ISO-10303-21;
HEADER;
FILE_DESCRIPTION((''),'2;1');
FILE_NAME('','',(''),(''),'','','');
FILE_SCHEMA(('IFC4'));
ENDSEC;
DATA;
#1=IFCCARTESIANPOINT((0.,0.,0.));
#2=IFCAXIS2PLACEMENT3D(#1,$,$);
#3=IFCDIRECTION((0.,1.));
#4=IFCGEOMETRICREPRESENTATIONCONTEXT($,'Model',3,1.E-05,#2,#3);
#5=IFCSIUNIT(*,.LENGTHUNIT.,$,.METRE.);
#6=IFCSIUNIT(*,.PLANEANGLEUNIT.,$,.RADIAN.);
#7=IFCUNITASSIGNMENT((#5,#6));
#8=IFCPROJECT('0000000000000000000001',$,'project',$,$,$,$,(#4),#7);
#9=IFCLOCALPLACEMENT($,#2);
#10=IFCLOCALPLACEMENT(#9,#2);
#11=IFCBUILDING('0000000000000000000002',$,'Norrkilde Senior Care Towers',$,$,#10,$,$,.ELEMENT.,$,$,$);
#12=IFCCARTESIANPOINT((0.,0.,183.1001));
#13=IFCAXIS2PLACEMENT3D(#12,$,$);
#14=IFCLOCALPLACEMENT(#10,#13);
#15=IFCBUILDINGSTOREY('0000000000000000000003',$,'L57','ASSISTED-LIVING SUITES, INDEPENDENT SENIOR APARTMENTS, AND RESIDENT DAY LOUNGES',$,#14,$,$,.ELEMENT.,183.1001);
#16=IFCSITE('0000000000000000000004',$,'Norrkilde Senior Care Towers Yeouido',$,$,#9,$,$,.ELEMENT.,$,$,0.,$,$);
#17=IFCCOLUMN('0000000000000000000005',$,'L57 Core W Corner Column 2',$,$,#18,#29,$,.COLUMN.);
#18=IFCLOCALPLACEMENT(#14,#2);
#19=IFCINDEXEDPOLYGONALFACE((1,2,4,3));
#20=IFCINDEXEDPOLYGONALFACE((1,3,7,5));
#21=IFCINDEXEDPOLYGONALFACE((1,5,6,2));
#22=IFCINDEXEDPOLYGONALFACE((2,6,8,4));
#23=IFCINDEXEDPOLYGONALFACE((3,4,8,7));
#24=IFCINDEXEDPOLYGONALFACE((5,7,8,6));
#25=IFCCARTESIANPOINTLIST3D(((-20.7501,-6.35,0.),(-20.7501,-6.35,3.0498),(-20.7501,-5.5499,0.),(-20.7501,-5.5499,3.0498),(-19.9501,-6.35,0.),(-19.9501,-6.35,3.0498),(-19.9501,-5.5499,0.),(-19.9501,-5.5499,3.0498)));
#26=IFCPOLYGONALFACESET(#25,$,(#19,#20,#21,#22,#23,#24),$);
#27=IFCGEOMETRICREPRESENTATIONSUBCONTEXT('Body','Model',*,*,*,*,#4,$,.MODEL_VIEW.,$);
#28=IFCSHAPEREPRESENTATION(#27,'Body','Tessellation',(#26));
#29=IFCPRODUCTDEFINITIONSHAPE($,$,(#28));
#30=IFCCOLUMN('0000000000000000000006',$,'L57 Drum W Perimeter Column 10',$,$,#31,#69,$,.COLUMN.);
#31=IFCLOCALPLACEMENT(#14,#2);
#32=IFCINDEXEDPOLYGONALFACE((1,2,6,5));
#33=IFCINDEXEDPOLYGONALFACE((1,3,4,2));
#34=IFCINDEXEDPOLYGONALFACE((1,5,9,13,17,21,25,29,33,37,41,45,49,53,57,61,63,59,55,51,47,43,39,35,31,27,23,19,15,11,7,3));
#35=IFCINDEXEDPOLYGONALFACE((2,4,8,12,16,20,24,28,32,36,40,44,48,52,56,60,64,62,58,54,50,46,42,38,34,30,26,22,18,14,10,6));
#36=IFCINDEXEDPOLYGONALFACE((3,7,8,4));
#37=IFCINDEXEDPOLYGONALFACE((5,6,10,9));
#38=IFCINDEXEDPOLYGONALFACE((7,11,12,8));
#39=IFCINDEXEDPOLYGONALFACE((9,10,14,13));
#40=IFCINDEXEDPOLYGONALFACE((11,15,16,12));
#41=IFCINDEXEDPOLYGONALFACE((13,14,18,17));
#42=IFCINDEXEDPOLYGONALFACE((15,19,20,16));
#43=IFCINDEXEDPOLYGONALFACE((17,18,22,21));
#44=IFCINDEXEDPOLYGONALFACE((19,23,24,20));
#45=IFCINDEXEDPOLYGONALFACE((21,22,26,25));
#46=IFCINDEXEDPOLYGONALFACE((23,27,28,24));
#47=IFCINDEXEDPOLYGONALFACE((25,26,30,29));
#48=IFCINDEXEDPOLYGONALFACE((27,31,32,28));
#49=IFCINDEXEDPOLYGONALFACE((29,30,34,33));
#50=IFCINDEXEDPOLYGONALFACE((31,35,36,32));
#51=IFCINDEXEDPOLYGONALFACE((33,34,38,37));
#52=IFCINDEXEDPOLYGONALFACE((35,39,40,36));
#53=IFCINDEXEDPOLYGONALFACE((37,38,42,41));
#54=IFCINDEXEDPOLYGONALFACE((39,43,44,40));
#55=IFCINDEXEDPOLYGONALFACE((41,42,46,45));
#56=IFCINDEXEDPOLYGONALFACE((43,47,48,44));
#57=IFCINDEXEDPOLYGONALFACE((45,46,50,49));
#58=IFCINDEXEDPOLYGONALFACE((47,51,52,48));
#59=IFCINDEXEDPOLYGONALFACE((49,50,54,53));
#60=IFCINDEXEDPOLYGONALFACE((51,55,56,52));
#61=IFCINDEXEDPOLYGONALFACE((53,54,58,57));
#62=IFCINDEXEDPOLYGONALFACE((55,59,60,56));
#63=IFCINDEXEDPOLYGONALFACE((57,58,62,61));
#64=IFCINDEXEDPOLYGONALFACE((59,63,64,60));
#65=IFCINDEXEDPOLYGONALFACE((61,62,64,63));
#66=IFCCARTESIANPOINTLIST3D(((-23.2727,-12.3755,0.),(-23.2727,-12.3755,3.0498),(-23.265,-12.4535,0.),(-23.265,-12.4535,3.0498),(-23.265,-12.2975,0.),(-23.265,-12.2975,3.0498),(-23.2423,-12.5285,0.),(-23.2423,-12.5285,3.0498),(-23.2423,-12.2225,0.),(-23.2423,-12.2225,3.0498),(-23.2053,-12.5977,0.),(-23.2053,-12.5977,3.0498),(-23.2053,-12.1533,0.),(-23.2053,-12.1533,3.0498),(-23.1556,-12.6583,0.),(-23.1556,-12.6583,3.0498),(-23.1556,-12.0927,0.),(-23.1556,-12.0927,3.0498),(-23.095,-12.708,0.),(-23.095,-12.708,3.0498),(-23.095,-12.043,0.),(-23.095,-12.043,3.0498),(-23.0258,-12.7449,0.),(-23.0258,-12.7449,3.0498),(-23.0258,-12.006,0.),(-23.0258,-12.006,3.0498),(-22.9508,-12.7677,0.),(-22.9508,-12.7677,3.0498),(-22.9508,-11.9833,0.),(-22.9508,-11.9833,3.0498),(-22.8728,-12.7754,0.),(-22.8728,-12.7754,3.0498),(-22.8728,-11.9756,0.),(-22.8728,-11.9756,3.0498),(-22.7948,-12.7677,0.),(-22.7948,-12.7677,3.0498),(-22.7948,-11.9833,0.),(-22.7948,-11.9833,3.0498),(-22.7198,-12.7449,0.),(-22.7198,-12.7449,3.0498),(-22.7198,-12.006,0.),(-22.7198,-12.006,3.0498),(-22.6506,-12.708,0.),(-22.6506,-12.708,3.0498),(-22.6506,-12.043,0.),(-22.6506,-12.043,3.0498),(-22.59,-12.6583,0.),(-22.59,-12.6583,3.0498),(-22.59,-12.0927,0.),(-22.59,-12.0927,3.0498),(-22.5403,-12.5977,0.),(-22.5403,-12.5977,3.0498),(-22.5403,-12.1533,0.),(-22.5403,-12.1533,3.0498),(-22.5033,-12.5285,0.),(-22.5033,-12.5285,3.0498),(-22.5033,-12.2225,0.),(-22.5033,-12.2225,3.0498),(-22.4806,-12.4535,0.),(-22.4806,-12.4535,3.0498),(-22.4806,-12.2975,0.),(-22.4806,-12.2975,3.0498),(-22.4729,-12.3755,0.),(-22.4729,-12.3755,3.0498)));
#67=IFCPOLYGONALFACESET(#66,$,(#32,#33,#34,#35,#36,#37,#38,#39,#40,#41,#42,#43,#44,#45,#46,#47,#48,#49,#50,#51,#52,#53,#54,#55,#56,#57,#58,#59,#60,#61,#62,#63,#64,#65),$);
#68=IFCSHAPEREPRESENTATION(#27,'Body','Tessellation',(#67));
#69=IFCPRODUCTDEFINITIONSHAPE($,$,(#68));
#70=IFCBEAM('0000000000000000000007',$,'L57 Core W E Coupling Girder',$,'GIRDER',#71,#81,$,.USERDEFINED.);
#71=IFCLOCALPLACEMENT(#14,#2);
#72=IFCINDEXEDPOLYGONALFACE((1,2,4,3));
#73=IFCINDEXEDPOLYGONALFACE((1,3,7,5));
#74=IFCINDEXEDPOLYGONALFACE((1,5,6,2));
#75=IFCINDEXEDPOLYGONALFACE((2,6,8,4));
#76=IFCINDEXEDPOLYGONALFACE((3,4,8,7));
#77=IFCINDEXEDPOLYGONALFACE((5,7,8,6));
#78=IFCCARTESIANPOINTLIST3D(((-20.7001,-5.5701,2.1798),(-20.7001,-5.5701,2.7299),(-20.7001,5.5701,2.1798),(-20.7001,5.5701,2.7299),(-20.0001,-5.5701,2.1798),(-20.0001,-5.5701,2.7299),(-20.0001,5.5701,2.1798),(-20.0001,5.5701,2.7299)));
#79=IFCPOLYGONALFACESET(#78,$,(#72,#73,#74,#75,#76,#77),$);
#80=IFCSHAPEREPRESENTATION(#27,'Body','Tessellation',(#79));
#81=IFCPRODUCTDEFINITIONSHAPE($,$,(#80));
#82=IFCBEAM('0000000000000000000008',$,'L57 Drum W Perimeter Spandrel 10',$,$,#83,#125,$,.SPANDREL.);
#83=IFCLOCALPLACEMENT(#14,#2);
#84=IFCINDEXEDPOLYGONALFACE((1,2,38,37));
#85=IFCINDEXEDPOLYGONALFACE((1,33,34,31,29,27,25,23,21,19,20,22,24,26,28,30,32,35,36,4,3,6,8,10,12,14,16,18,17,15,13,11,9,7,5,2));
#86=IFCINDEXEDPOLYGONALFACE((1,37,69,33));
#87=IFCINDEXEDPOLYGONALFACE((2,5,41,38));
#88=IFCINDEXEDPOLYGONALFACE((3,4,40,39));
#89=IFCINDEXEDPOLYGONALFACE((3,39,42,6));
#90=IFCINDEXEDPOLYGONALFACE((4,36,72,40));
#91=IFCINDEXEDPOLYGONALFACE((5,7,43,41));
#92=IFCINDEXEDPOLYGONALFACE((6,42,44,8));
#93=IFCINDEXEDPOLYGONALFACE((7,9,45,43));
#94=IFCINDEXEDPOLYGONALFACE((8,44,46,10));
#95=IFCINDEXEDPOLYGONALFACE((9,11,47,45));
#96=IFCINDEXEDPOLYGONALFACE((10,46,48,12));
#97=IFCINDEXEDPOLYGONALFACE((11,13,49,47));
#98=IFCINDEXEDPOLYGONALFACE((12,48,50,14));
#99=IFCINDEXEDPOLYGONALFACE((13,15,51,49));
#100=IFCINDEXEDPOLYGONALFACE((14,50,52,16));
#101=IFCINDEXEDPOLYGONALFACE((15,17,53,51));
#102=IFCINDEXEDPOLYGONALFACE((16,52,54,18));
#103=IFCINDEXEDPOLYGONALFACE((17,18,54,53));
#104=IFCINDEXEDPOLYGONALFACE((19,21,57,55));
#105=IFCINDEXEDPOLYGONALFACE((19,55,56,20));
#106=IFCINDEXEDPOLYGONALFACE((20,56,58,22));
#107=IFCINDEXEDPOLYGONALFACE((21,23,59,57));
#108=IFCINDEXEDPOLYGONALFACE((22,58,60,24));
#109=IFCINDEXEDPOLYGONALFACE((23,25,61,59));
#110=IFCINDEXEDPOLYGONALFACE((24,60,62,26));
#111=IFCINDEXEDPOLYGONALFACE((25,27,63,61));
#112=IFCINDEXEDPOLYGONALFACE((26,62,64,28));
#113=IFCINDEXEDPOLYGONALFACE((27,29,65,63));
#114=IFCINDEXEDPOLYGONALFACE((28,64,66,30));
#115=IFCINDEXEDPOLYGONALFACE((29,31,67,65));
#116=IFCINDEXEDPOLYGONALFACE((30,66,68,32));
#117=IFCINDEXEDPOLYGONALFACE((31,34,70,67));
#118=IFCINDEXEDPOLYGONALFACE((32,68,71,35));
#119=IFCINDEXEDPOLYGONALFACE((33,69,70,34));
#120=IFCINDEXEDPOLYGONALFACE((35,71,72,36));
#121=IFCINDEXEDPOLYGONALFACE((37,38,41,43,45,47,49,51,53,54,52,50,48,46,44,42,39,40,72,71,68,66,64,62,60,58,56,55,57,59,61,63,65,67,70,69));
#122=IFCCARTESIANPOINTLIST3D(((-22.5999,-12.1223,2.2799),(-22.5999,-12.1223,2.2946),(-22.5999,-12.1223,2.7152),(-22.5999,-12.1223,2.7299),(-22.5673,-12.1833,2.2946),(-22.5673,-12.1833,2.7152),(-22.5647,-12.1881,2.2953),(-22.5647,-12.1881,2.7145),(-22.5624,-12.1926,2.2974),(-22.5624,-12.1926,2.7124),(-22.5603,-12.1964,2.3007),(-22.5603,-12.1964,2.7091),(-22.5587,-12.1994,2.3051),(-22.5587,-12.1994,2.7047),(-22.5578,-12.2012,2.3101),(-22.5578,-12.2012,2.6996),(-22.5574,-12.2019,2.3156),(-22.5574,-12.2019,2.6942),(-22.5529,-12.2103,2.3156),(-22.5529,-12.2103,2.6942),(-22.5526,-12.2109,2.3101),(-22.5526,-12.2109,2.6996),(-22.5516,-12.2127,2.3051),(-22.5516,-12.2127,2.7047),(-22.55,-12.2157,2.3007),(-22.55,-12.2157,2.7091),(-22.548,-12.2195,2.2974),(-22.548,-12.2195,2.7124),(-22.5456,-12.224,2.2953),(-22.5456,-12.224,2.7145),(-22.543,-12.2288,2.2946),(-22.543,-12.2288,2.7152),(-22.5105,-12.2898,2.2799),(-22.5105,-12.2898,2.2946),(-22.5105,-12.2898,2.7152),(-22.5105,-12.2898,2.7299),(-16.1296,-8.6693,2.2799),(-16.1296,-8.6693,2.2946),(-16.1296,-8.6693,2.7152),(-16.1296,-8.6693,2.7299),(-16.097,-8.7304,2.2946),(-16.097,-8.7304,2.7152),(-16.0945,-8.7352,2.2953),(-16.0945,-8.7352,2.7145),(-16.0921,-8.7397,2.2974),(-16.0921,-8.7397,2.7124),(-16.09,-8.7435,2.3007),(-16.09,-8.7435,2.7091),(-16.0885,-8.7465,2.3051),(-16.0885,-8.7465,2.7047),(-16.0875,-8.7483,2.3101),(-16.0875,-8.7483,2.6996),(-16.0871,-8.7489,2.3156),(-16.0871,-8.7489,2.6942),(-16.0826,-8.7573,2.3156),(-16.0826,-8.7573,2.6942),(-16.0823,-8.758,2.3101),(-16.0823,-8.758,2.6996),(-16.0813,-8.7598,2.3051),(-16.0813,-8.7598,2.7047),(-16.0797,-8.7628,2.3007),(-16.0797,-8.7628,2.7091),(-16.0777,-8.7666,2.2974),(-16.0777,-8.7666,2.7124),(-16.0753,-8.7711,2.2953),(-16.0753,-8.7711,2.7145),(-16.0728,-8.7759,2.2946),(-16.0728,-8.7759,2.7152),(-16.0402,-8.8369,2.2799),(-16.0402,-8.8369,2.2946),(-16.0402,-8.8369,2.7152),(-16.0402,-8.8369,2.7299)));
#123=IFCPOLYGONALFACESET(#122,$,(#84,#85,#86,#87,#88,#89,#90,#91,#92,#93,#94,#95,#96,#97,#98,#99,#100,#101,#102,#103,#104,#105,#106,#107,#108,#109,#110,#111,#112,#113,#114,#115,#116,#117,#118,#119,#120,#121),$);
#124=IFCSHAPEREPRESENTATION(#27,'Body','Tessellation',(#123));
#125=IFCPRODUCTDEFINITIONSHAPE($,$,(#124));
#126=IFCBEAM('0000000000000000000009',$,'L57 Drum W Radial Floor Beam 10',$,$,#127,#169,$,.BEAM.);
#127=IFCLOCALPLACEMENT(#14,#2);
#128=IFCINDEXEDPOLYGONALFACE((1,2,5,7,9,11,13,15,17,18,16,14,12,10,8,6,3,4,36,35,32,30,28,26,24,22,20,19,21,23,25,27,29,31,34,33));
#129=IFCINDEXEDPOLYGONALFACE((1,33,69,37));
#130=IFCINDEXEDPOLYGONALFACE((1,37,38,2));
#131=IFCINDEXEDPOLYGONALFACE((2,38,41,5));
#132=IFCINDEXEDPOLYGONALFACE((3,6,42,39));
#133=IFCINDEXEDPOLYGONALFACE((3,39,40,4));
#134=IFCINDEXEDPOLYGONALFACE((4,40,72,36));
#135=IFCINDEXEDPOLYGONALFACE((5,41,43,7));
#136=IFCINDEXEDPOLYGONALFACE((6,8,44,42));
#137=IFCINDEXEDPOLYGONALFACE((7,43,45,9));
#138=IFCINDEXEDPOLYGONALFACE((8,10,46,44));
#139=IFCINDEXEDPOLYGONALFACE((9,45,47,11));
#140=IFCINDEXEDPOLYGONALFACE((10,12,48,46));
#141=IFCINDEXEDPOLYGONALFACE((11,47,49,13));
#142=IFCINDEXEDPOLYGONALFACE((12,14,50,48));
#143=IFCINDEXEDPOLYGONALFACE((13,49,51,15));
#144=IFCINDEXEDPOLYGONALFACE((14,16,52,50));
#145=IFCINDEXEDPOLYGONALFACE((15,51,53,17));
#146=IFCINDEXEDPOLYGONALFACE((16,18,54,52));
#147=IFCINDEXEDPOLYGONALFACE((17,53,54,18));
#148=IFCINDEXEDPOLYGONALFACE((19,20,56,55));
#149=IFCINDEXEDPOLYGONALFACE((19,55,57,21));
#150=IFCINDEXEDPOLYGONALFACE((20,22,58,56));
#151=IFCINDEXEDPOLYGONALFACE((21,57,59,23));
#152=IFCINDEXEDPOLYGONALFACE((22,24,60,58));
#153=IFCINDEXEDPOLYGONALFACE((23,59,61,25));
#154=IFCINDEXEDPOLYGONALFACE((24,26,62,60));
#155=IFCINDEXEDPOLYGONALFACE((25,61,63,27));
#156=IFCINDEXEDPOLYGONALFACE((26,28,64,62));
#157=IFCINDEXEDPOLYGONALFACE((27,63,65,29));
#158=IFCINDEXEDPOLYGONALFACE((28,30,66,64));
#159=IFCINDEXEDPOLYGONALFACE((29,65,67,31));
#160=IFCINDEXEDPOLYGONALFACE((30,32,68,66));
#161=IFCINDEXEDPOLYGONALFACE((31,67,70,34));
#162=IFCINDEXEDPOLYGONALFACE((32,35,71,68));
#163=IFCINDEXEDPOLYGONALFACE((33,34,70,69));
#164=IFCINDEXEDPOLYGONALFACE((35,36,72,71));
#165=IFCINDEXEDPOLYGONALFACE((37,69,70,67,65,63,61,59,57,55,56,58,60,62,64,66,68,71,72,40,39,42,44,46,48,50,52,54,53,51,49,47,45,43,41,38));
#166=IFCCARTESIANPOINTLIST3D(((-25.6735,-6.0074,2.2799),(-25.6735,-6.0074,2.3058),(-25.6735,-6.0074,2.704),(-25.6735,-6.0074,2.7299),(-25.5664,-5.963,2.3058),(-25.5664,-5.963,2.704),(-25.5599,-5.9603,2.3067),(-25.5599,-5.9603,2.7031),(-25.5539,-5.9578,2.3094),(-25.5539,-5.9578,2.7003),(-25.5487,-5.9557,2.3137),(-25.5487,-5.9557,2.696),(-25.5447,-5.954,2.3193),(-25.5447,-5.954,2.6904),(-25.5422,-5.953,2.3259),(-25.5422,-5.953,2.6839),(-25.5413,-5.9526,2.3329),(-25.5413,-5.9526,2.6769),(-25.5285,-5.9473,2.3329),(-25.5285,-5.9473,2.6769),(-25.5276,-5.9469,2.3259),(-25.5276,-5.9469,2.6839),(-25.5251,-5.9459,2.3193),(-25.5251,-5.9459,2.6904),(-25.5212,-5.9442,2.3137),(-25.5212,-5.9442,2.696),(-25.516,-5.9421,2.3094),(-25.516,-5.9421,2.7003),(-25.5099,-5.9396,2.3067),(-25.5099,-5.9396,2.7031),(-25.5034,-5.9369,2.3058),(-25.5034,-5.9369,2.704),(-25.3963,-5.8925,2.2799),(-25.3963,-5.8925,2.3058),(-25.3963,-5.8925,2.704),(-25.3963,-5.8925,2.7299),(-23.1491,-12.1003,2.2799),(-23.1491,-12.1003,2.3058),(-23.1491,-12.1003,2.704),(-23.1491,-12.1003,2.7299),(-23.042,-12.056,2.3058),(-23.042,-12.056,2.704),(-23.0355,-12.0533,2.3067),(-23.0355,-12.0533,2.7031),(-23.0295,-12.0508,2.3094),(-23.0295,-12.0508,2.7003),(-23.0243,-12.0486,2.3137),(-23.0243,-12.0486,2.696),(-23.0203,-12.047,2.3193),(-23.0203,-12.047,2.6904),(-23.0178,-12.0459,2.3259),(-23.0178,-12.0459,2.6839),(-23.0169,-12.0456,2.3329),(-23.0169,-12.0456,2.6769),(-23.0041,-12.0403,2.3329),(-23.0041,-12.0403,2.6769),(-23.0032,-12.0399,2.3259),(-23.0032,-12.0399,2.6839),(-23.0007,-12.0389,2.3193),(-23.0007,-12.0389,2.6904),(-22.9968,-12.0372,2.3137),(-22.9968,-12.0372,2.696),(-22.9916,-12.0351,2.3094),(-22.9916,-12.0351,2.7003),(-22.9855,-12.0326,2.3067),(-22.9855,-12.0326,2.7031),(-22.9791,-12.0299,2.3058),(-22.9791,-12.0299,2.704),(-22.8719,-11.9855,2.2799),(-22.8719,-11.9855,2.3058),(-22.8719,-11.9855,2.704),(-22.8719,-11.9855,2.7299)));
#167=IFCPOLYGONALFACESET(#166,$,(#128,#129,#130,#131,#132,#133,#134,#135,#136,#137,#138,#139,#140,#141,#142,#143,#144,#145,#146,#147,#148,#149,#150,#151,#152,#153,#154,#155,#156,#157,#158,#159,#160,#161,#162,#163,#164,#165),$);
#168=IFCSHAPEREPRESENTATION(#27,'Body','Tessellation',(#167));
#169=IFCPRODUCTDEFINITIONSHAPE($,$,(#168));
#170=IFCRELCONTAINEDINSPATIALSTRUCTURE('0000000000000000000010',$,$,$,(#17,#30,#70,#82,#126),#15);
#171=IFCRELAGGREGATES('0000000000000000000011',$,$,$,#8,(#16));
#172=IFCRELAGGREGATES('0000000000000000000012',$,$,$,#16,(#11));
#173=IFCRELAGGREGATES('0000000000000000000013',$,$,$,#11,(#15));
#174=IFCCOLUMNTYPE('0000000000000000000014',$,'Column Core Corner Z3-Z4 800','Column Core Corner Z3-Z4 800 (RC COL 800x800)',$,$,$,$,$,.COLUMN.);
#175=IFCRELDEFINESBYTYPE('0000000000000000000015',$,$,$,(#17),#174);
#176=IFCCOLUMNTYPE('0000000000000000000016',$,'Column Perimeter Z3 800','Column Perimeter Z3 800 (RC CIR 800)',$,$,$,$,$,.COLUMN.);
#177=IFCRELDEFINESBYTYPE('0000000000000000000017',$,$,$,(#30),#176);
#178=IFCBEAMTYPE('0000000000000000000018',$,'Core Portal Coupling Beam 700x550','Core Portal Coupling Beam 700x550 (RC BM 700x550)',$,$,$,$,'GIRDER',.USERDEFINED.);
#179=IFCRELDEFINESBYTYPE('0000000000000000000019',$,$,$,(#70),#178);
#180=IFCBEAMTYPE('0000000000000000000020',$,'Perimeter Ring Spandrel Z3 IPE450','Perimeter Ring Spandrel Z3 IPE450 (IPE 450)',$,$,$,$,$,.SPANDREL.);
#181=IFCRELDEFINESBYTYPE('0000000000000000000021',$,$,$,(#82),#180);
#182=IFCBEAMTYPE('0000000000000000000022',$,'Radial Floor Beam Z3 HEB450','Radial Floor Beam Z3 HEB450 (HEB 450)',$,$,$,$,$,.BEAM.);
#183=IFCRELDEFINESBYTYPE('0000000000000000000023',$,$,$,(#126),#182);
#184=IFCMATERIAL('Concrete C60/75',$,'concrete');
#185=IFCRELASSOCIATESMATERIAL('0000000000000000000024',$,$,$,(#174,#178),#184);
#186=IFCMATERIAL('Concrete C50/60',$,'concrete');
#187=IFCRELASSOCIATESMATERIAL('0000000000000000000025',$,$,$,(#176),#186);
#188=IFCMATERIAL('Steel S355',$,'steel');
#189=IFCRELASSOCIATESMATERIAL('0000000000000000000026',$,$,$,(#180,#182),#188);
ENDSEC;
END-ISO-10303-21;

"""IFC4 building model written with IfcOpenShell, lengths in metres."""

from ifc_helpers import new_model, si_unit, direction, frame, origin, origin_2d, place, context, subcontext, project, spatial, rectangle, circle, i_section, extrude, source, transform, mapped, material, material_profile, profile_set, type_object, type_shapes, element, save


model = new_model("IFC4")

# Units and contexts
model_context = context("Model", 3, precision=1e-05, world=origin(), true_north=direction((0.0, 1.0)))
body_context = subcontext(model_context, "Body", "Model", "MODEL_VIEW")
ifc_project = project(units=[si_unit("LENGTHUNIT", "METRE"), si_unit("PLANEANGLEUNIT", "RADIAN")], contexts=[model_context])

# Site, building, storey
site_placement = place(None, origin())
site = spatial("IfcSite", under=ifc_project, at=site_placement, Name="Norrkilde Senior Care Towers Yeouido", CompositionType="ELEMENT", RefElevation=0.0)
building_placement = place(site_placement, origin())
building = spatial("IfcBuilding", under=site, at=building_placement, Name="Norrkilde Senior Care Towers", CompositionType="ELEMENT")
storey_placement = place(building_placement, frame((0.0, 0.0, 183.1001)))
storey = spatial("IfcBuildingStorey", under=building, at=storey_placement, Name="L57", Description="ASSISTED-LIVING SUITES, INDEPENDENT SENIOR APARTMENTS, AND RESIDENT DAY LOUNGES", CompositionType="ELEMENT", Elevation=183.1001)

# Columns
ifc_material_1 = material(Name="Concrete C60/75", Category="concrete")
ifc_material_profile_1 = material_profile(ifc_material_1, rectangle(XDim=0.8, YDim=0.8, at=origin_2d()), Name="RC COL 800x800")
ifc_profile_set_1 = profile_set([ifc_material_profile_1], Name="Concrete C60/75")
column_type_1 = type_object("IfcColumnType", Name="Column Core Corner Z3-Z4 800", Description="Column Core Corner Z3-Z4 800 (RC COL 800x800)", PredefinedType="COLUMN", material=ifc_profile_set_1)
shared_shape_1 = source(origin(), body_context, "Body", "SweptSolid", [
    extrude(rectangle(XDim=0.8, YDim=0.8, at=origin_2d()), origin(), (0.0, 0.0, 1.0), 3.0498),
])
type_shapes(column_type_1, [shared_shape_1])
column_1_placement = place(storey_placement, frame((-20.3501, -5.95, 0.0), z_axis=(0.0, 0.0, 1.0), x_axis=(1.0, 0.0, 0.0)))
element("IfcColumn", 1, at=column_1_placement, inside=storey, type_object=column_type_1, Name="L57 Core W Corner Column 2", PredefinedType="COLUMN", context=body_context, shape_type="MappedRepresentation", body=[
    mapped(shared_shape_1, transform((0.0, 0.0, 0.0), x_axis=(1.0, 0.0, 0.0), y_axis=(0.0, 1.0, 0.0), z_axis=(0.0, 0.0, 1.0), scale=1.0)),
])
ifc_material_2 = material(Name="Concrete C50/60", Category="concrete")
ifc_material_profile_2 = material_profile(ifc_material_2, circle(Radius=0.3999, at=origin_2d()), Name="RC CIR 800")
ifc_profile_set_2 = profile_set([ifc_material_profile_2], Name="Concrete C50/60")
column_type_2 = type_object("IfcColumnType", Name="Column Perimeter Z3 800", Description="Column Perimeter Z3 800 (RC CIR 800)", PredefinedType="COLUMN", material=ifc_profile_set_2)
shared_shape_2 = source(origin(), body_context, "Body", "SweptSolid", [
    extrude(circle(Radius=0.3999, at=origin_2d()), origin(), (0.0, 0.0, 1.0), 3.0498),
])
type_shapes(column_type_2, [shared_shape_2])
column_2_placement = place(storey_placement, frame((-22.8728, -12.3755, 0.0), z_axis=(0.0, 0.0, 1.0), x_axis=(1.0, 0.0, 0.0)))
element("IfcColumn", 2, at=column_2_placement, inside=storey, type_object=column_type_2, Name="L57 Drum W Perimeter Column 10", PredefinedType="COLUMN", context=body_context, shape_type="MappedRepresentation", body=[
    mapped(shared_shape_2, transform((0.0, 0.0, 0.0), x_axis=(1.0, 0.0, 0.0), y_axis=(0.0, 1.0, 0.0), z_axis=(0.0, 0.0, 1.0), scale=1.0)),
])

# Beams
ifc_material_profile_3 = material_profile(ifc_material_1, rectangle(XDim=0.7, YDim=0.55, at=origin_2d()), Name="RC BM 700x550")
ifc_profile_set_3 = profile_set([ifc_material_profile_3], Name="Concrete C60/75")
beam_type_1 = type_object("IfcBeamType", Name="Core Portal Coupling Beam 700x550", Description="Core Portal Coupling Beam 700x550 (RC BM 700x550)", ElementType="GIRDER", PredefinedType="USERDEFINED", material=ifc_profile_set_3)
shared_shape_3 = source(origin(), body_context, "Body", "SweptSolid", [
    extrude(rectangle(XDim=0.7, YDim=0.55, at=origin_2d()), origin(), (0.0, 0.0, 1.0), 11.1401),
])
type_shapes(beam_type_1, [shared_shape_3])
beam_1_placement = place(storey_placement, frame((-20.3501, -5.5701, 2.4548), z_axis=(0.0, 1.0, 0.0), x_axis=(-1.0, 0.0, 0.0)))
element("IfcBeam", 3, at=beam_1_placement, inside=storey, type_object=beam_type_1, Name="L57 Core W E Coupling Girder", ObjectType="GIRDER", PredefinedType="USERDEFINED", context=body_context, shape_type="MappedRepresentation", body=[
    mapped(shared_shape_3, transform((0.0, 0.0, 0.0), x_axis=(1.0, 0.0, 0.0), y_axis=(0.0, 1.0, 0.0), z_axis=(0.0, 0.0, 1.0), scale=1.0)),
])
ifc_material_3 = material(Name="Steel S355", Category="steel")
ifc_material_profile_4 = material_profile(ifc_material_3, i_section(OverallWidth=0.1899, OverallDepth=0.45, WebThickness=0.0095, FlangeThickness=0.0146, FilletRadius=0.021, at=origin_2d()), Name="IPE 450")
ifc_profile_set_4 = profile_set([ifc_material_profile_4], Name="Steel S355")
beam_type_2 = type_object("IfcBeamType", Name="Perimeter Ring Spandrel Z3 IPE450", Description="Perimeter Ring Spandrel Z3 IPE450 (IPE 450)", PredefinedType="SPANDREL", material=ifc_profile_set_4)
shared_shape_4 = source(origin(), body_context, "Body", "SweptSolid", [
    extrude(i_section(OverallWidth=0.1899, OverallDepth=0.45, WebThickness=0.0095, FlangeThickness=0.0146, FilletRadius=0.021, at=origin_2d()), origin(), (0.0, 0.0, 1.0), 7.334),
])
type_shapes(beam_type_2, [shared_shape_4])
beam_2_placement = place(storey_placement, frame((-22.5552, -12.2061, 2.5049), z_axis=(0.882234, 0.470811, 0.0), x_axis=(-0.470811, 0.882234, 0.0)))
element("IfcBeam", 4, at=beam_2_placement, inside=storey, type_object=beam_type_2, Name="L57 Drum W Perimeter Spandrel 10", PredefinedType="SPANDREL", context=body_context, shape_type="MappedRepresentation", body=[
    mapped(shared_shape_4, transform((0.0, 0.0, 0.0), x_axis=(1.0, 0.0, 0.0), y_axis=(0.0, 1.0, 0.0), z_axis=(0.0, 0.0, 1.0), scale=1.0)),
])
ifc_material_profile_5 = material_profile(ifc_material_3, i_section(OverallWidth=0.3, OverallDepth=0.45, WebThickness=0.0139, FlangeThickness=0.0259, FilletRadius=0.0271, at=origin_2d()), Name="HEB 450")
ifc_profile_set_5 = profile_set([ifc_material_profile_5], Name="Steel S355")
beam_type_3 = type_object("IfcBeamType", Name="Radial Floor Beam Z3 HEB450", Description="Radial Floor Beam Z3 HEB450 (HEB 450)", PredefinedType="BEAM", material=ifc_profile_set_5)
shared_shape_5 = source(origin(), body_context, "Body", "SweptSolid", [
    extrude(i_section(OverallWidth=0.3, OverallDepth=0.45, WebThickness=0.0139, FlangeThickness=0.0259, FilletRadius=0.0271, at=origin_2d()), origin(), (0.0, 0.0, 1.0), 6.5952),
])
beam_3_placement = place(storey_placement, frame((-25.5349, -5.95, 2.5049), z_axis=(0.382762, -0.923847, 0.0), x_axis=(0.923847, 0.382762, 0.0)))
element("IfcBeam", 5, at=beam_3_placement, inside=storey, type_object=beam_type_3, Name="L57 Drum W Radial Floor Beam 10", PredefinedType="BEAM", context=body_context, shape_type="MappedRepresentation", body=[
    mapped(shared_shape_5, transform((0.0, 0.0, 0.0), x_axis=(1.0, 0.0, 0.0), y_axis=(0.0, 1.0, 0.0), z_axis=(0.0, 0.0, 1.0), scale=1.0)),
])

save(model, "model.ifc")
